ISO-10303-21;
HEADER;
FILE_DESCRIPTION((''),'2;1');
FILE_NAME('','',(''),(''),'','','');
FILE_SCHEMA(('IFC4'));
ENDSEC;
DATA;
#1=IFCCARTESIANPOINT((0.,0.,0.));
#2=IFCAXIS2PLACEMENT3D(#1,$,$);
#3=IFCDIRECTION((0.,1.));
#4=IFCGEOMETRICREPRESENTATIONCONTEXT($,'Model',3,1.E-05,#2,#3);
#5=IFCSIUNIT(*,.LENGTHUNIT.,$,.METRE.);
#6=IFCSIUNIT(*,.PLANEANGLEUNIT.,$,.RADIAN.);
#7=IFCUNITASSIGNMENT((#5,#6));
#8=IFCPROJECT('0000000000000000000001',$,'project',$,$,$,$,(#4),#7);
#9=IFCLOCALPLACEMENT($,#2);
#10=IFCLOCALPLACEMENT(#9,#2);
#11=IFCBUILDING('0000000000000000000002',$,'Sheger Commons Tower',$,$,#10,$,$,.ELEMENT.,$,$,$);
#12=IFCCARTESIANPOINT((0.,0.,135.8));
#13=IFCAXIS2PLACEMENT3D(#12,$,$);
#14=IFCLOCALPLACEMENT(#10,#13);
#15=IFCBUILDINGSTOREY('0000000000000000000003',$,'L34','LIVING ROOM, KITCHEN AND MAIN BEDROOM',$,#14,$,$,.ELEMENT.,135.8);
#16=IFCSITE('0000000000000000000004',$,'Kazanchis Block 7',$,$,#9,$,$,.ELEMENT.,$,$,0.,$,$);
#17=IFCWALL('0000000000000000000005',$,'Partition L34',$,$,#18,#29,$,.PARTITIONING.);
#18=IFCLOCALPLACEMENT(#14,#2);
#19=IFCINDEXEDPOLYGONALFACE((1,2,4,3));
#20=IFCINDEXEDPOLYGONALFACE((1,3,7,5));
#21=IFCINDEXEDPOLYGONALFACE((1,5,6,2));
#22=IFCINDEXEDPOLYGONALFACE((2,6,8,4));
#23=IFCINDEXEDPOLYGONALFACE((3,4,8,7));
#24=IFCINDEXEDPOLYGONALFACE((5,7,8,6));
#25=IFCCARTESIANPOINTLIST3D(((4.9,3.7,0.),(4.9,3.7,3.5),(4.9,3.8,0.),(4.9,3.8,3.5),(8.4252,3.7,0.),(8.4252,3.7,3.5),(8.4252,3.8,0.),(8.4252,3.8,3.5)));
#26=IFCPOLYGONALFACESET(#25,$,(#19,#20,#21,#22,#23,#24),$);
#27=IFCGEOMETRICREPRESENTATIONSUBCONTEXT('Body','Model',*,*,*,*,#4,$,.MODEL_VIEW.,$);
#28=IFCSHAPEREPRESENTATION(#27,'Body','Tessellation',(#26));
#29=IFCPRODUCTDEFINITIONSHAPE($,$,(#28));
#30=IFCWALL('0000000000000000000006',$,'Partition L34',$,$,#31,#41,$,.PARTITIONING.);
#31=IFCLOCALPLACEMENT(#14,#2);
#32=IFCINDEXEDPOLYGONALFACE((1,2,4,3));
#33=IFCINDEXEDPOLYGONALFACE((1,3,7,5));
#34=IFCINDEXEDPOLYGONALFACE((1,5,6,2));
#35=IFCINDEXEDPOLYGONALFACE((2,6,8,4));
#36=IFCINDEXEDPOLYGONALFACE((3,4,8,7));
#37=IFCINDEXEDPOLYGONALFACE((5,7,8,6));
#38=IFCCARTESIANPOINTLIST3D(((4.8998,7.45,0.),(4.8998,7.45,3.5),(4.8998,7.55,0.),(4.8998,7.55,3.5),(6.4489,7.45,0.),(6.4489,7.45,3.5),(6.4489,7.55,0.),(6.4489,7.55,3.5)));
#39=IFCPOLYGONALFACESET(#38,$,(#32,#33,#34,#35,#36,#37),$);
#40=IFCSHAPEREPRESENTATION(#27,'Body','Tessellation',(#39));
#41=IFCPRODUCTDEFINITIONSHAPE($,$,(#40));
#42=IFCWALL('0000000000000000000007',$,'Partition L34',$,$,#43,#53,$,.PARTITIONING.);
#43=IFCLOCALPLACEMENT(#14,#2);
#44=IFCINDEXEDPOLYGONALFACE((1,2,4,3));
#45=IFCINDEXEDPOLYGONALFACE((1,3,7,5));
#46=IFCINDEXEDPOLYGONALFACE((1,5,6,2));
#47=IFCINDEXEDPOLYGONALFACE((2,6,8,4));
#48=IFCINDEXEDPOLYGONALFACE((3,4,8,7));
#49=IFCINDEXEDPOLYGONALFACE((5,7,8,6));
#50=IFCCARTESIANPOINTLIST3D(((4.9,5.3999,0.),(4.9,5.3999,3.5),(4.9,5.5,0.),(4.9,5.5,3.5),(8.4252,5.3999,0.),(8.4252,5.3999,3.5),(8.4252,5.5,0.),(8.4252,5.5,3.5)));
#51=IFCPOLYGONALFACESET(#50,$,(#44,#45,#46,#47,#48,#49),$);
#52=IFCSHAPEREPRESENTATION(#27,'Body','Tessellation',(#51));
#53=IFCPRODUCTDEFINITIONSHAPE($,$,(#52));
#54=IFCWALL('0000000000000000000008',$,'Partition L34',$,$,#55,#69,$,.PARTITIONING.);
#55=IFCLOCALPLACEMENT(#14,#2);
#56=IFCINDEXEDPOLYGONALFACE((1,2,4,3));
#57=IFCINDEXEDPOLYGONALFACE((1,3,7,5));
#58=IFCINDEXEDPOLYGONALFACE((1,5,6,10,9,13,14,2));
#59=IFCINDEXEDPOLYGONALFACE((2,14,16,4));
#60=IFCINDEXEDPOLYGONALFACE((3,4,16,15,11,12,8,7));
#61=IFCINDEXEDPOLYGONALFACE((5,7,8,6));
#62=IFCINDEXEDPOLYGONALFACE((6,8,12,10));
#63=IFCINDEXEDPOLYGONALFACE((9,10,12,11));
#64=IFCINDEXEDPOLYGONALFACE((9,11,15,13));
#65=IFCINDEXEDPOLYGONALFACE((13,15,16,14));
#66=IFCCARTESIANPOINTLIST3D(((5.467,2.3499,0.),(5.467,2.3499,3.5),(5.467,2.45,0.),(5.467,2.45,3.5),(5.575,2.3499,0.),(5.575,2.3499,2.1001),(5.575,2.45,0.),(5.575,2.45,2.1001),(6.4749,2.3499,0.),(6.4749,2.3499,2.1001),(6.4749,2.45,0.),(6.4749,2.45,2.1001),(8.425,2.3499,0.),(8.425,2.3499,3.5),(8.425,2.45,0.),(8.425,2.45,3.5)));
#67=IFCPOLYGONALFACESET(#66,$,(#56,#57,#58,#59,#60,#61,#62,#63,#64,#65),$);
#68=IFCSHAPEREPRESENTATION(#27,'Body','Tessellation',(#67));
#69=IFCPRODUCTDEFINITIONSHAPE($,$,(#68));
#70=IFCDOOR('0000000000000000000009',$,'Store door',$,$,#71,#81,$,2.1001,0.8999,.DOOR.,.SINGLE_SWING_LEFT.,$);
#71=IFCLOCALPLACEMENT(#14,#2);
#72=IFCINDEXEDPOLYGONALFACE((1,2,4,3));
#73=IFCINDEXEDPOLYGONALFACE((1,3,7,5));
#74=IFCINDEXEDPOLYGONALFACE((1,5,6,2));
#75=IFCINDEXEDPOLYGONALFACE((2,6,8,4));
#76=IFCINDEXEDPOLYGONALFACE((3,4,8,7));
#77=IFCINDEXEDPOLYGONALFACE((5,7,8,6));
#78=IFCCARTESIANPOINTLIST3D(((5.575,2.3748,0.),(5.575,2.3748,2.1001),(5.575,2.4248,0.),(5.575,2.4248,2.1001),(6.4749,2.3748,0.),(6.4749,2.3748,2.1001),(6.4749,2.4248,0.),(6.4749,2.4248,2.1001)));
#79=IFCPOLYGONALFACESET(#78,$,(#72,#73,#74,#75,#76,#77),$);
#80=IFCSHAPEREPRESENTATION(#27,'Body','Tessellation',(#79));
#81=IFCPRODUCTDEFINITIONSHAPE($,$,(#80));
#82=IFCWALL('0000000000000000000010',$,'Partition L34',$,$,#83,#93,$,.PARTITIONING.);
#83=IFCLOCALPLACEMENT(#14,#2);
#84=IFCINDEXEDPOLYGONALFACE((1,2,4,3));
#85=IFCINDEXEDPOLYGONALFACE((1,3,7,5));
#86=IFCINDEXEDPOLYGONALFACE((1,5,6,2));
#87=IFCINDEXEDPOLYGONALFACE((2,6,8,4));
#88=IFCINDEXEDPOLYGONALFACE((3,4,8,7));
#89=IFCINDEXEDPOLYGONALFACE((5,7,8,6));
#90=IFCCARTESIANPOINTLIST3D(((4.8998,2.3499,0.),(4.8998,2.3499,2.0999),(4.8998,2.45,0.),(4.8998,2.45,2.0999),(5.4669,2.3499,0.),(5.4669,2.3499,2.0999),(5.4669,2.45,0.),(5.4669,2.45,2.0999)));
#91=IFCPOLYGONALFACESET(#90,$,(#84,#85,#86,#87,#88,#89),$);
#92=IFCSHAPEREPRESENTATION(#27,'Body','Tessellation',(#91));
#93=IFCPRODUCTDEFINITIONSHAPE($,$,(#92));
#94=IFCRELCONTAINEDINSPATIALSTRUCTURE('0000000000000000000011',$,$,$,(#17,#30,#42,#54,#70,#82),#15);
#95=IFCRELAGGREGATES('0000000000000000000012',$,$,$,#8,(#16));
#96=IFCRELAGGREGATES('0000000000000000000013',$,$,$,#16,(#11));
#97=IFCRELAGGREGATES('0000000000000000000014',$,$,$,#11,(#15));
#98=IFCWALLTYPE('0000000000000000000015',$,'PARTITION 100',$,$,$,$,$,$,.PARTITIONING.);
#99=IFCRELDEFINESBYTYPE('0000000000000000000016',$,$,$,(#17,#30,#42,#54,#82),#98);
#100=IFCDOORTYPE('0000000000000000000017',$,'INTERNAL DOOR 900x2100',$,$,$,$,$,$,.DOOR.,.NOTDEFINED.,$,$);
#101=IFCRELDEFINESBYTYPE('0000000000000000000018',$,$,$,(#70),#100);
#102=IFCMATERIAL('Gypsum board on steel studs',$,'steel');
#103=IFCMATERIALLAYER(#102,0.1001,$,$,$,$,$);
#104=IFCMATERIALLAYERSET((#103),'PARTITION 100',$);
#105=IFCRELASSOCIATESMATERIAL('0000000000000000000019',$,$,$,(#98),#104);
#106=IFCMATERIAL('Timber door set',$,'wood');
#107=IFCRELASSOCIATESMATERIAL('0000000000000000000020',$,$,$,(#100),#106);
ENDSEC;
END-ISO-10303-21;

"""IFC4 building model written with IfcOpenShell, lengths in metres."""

from ifc_helpers import new_model, si_unit, direction, frame, frame_2d, origin, place, context, subcontext, project, spatial, rectangle, extrude, material, layer, layer_set, type_object, element, fill, save


model = new_model("IFC4")

# Units and contexts
model_context = context("Model", 3, precision=1e-05, world=origin(), true_north=direction((0.0, 1.0)))
body_context = subcontext(model_context, "Body", "Model", "MODEL_VIEW")
ifc_project = project(units=[si_unit("LENGTHUNIT", "METRE"), si_unit("PLANEANGLEUNIT", "RADIAN")], contexts=[model_context])

# Site, building, storey
site_placement = place(None, origin())
site = spatial("IfcSite", under=ifc_project, at=site_placement, Name="Kazanchis Block 7", CompositionType="ELEMENT", RefElevation=0.0)
building_placement = place(site_placement, origin())
building = spatial("IfcBuilding", under=site, at=building_placement, Name="Sheger Commons Tower", CompositionType="ELEMENT")
storey_placement = place(building_placement, frame((0.0, 0.0, 135.8)))
storey = spatial("IfcBuildingStorey", under=building, at=storey_placement, Name="L34", Description="LIVING ROOM, KITCHEN AND MAIN BEDROOM", CompositionType="ELEMENT", Elevation=135.8)

# Shared definitions
ifc_material_1 = material(Name="Gypsum board on steel studs", Category="steel")
ifc_layer_1 = layer(ifc_material_1, 0.1001)
ifc_layer_set_1 = layer_set([ifc_layer_1], Name="PARTITION 100")
wall_type_1 = type_object("IfcWallType", Name="PARTITION 100", PredefinedType="PARTITIONING", material=ifc_layer_set_1)
ifc_material_2 = material(Name="Timber door set", Category="wood")
door_type = type_object("IfcDoorType", Name="INTERNAL DOOR 900x2100", OperationType="NOTDEFINED", PredefinedType="DOOR", material=ifc_material_2)

# Walls
wall_1_placement = place(storey_placement, frame((4.8999, 3.75, 0.0), z_axis=(0.0, 0.0, 1.0), x_axis=(1.0, 0.0, 0.0)))
element("IfcWall", 1, at=wall_1_placement, inside=storey, type_object=wall_type_1, Name="Partition L34", PredefinedType="PARTITIONING", context=body_context, shape_type="SweptSolid", body=[
    extrude(rectangle(XDim=3.5251, YDim=0.1001, at=frame_2d((1.7627, 0.0))), origin(), (0.0, 0.0, 1.0), 3.5),
])
wall_2_placement = place(storey_placement, frame((4.8999, 7.5, 0.0), z_axis=(0.0, 0.0, 1.0), x_axis=(1.0, 0.0, 0.0)))
element("IfcWall", 2, at=wall_2_placement, inside=storey, type_object=wall_type_1, Name="Partition L34", PredefinedType="PARTITIONING", context=body_context, shape_type="SweptSolid", body=[
    extrude(rectangle(XDim=1.5491, YDim=0.1001, at=frame_2d((0.7744, 0.0))), origin(), (0.0, 0.0, 1.0), 3.5),
])
wall_3_placement = place(storey_placement, frame((4.8999, 5.45, 0.0), z_axis=(0.0, 0.0, 1.0), x_axis=(1.0, 0.0, 0.0)))
element("IfcWall", 3, at=wall_3_placement, inside=storey, type_object=wall_type_1, Name="Partition L34", PredefinedType="PARTITIONING", context=body_context, shape_type="SweptSolid", body=[
    extrude(rectangle(XDim=3.5251, YDim=0.1001, at=frame_2d((1.7627, 0.0))), origin(), (0.0, 0.0, 1.0), 3.5),
])

# Wall, opening, door
wall_4_placement = place(storey_placement, frame((5.467, 2.3999, 0.0), z_axis=(0.0, 0.0, 1.0), x_axis=(1.0, 0.0, 0.0)))
wall_4 = element("IfcWall", 4, at=wall_4_placement, inside=storey, type_object=wall_type_1, Name="Partition L34", PredefinedType="PARTITIONING", context=body_context, shape_type="SweptSolid", body=[
    extrude(rectangle(XDim=2.958, YDim=0.1001, at=frame_2d((1.479, 0.0))), origin(), (0.0, 0.0, 1.0), 3.5),
])
opening_1_placement = place(wall_4_placement, frame((0.1079, 0.0, 0.0)))
opening_1 = element("IfcOpeningElement", 5, at=opening_1_placement, cuts=wall_4, PredefinedType="OPENING", context=body_context, shape_type="SweptSolid", body=[
    extrude(rectangle(XDim=0.8999, YDim=2.1001, at=frame_2d((0.45, 1.05))), frame((0.0, 0.0601, 0.0), z_axis=(0.0, -1.0, 0.0), x_axis=(1.0, 0.0, 0.0)), (0.0, 0.0, 1.0), 0.1201),
])
door_1_placement = place(opening_1_placement, origin())
door_1 = element("IfcDoor", 6, at=door_1_placement, inside=storey, type_object=door_type, Name="Store door", OperationType="SINGLE_SWING_LEFT", OverallHeight=2.1001, OverallWidth=0.8999, PredefinedType="DOOR", context=body_context, shape_type="SweptSolid", body=[
    extrude(rectangle(XDim=0.8999, YDim=2.1001, at=frame_2d((0.45, 1.05))), frame((0.0, 0.0249, 0.0), z_axis=(0.0, -1.0, 0.0), x_axis=(1.0, 0.0, 0.0)), (0.0, 0.0, 1.0), 0.05),
])
fill(opening_1, door_1)

# Wall
wall_5_placement = place(storey_placement, frame((5.467, 2.3999, 0.0), z_axis=(0.0, 0.0, 1.0), x_axis=(-1.0, 0.0, 0.0)))
element("IfcWall", 7, at=wall_5_placement, inside=storey, type_object=wall_type_1, Name="Partition L34", PredefinedType="PARTITIONING", context=body_context, shape_type="SweptSolid", body=[
    extrude(rectangle(XDim=0.5671, YDim=0.1001, at=frame_2d((0.2837, 0.0))), origin(), (0.0, 0.0, 1.0), 2.0999),
])

save(model, "model.ifc")
